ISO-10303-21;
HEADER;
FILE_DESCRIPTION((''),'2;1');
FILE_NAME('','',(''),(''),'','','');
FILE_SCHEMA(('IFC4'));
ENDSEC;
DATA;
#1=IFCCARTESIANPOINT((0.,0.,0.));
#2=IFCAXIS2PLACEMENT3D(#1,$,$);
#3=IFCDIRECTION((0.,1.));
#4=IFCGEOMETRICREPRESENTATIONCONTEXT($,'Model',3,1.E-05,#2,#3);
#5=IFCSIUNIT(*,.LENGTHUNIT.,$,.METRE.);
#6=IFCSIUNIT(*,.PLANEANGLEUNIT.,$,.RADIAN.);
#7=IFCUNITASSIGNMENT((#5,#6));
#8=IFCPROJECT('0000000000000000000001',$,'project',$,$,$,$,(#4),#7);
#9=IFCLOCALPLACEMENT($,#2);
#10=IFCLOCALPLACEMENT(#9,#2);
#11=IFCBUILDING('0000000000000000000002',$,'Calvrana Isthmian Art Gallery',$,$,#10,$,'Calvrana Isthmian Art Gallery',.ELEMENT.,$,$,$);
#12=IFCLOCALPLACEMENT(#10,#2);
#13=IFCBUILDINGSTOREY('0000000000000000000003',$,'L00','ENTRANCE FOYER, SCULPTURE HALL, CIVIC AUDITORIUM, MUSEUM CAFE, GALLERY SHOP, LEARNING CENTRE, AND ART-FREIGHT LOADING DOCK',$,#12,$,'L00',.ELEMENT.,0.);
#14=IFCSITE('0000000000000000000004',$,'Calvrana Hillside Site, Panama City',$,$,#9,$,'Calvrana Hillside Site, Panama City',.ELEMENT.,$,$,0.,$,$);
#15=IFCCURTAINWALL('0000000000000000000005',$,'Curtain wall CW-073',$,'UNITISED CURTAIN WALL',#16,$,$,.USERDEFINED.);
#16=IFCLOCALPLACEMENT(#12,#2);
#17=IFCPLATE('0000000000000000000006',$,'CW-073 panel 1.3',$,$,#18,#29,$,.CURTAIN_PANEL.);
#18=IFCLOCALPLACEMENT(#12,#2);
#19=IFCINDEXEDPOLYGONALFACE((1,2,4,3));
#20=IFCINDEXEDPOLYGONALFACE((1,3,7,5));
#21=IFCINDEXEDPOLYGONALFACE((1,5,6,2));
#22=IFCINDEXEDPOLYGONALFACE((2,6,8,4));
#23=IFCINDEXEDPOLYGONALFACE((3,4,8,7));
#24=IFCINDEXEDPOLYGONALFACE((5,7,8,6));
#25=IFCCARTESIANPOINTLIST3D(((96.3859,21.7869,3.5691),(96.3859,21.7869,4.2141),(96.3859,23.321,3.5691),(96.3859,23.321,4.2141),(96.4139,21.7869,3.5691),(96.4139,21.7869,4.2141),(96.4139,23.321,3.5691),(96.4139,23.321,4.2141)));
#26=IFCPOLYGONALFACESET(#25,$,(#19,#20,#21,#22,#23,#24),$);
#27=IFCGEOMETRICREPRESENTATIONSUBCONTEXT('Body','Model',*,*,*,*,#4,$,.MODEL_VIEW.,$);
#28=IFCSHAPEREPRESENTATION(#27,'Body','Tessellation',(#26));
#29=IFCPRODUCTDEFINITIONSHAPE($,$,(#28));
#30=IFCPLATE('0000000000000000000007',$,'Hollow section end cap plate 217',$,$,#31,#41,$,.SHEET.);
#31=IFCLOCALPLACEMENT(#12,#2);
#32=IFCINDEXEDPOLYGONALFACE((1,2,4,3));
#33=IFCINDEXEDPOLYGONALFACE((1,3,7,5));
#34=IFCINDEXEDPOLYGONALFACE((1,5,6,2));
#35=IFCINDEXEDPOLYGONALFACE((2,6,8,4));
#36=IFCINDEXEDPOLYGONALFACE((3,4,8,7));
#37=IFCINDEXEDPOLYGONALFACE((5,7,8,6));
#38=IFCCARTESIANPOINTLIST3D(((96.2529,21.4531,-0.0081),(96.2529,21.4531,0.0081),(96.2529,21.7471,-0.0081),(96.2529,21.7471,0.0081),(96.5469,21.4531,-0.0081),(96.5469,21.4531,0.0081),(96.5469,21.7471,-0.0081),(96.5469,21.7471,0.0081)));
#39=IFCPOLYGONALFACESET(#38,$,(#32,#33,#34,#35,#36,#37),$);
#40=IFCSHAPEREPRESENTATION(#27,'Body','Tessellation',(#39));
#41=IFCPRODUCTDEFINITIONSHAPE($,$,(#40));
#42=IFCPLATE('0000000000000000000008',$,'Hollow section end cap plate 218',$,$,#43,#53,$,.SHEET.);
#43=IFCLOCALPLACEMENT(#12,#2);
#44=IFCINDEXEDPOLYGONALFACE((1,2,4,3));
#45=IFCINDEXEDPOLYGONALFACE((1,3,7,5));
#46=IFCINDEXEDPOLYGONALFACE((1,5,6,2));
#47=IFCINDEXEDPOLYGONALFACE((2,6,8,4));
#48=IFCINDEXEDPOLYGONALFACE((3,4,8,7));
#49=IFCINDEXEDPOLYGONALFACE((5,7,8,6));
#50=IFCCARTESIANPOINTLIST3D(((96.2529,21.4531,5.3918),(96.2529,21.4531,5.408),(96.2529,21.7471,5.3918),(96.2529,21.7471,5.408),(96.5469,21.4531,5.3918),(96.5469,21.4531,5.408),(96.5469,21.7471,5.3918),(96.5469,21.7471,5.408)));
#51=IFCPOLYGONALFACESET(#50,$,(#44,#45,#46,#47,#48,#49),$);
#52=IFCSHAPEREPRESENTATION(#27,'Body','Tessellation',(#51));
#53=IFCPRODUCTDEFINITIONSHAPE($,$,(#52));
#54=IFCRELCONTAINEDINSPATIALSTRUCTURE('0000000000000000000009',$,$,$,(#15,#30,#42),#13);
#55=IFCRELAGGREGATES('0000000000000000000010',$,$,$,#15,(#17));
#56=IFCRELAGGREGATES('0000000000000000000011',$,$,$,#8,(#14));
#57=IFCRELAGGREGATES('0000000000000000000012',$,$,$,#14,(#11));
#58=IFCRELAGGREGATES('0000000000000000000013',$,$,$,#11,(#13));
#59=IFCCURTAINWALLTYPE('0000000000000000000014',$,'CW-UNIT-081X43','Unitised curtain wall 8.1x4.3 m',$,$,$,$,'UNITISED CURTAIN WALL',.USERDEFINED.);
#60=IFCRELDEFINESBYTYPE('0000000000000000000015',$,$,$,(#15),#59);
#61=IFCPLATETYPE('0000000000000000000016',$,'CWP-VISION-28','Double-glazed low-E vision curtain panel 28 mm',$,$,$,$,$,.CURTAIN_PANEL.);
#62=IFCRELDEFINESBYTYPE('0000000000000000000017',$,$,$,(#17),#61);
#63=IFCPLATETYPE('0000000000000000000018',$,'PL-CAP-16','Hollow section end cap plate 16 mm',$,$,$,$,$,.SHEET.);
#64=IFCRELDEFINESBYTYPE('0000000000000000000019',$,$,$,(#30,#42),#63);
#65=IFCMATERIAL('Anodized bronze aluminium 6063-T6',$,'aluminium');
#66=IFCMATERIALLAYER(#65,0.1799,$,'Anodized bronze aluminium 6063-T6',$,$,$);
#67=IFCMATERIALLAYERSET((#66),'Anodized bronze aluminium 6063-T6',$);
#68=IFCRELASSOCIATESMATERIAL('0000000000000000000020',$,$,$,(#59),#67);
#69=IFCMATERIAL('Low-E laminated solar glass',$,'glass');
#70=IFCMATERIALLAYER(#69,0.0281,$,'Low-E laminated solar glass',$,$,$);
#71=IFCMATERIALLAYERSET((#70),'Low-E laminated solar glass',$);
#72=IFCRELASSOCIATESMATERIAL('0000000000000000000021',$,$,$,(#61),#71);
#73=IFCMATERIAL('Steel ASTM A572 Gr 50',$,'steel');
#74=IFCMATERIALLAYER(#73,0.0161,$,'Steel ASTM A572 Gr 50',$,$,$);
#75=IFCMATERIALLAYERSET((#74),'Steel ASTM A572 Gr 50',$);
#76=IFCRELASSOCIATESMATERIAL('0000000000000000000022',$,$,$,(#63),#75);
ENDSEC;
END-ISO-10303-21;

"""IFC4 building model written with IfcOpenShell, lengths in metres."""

from ifc_helpers import new_model, si_unit, direction, frame, origin, origin_2d, place, context, subcontext, project, spatial, rectangle, extrude, material, layer, layer_set, type_object, element, aggregate, save


model = new_model("IFC4")

# Units and contexts
model_context = context("Model", 3, precision=1e-05, world=origin(), true_north=direction((0.0, 1.0)))
body_context = subcontext(model_context, "Body", "Model", "MODEL_VIEW")
ifc_project = project(units=[si_unit("LENGTHUNIT", "METRE"), si_unit("PLANEANGLEUNIT", "RADIAN")], contexts=[model_context])

# Site, building, storey
site_placement = place(None, origin())
site = spatial("IfcSite", under=ifc_project, at=site_placement, Name="Calvrana Hillside Site, Panama City", LongName="Calvrana Hillside Site, Panama City", CompositionType="ELEMENT", RefElevation=0.0)
building_placement = place(site_placement, origin())
building = spatial("IfcBuilding", under=site, at=building_placement, Name="Calvrana Isthmian Art Gallery", LongName="Calvrana Isthmian Art Gallery", CompositionType="ELEMENT")
storey_placement = place(building_placement, origin())
storey = spatial("IfcBuildingStorey", under=building, at=storey_placement, Name="L00", Description="ENTRANCE FOYER, SCULPTURE HALL, CIVIC AUDITORIUM, MUSEUM CAFE, GALLERY SHOP, LEARNING CENTRE, AND ART-FREIGHT LOADING DOCK", LongName="L00", CompositionType="ELEMENT", Elevation=0.0)

# Shared definitions
ifc_material_1 = material(Name="Anodized bronze aluminium 6063-T6", Category="aluminium")

# Curtain wall
ifc_layer_1 = layer(ifc_material_1, 0.1799, Name="Anodized bronze aluminium 6063-T6")
ifc_layer_set_1 = layer_set([ifc_layer_1], Name="Anodized bronze aluminium 6063-T6")
curtain_wall_type_1 = type_object("IfcCurtainWallType", Name="CW-UNIT-081X43", Description="Unitised curtain wall 8.1x4.3 m", ElementType="UNITISED CURTAIN WALL", PredefinedType="USERDEFINED", material=ifc_layer_set_1)
curtain_wall_1_placement = place(storey_placement, origin())
curtain_wall_1 = element("IfcCurtainWall", 1, at=curtain_wall_1_placement, inside=storey, type_object=curtain_wall_type_1, Name="Curtain wall CW-073", ObjectType="UNITISED CURTAIN WALL", PredefinedType="USERDEFINED")

# Plate
ifc_material_2 = material(Name="Low-E laminated solar glass", Category="glass")
ifc_layer_2 = layer(ifc_material_2, 0.0281, Name="Low-E laminated solar glass")
ifc_layer_set_2 = layer_set([ifc_layer_2], Name="Low-E laminated solar glass")
plate_type_1 = type_object("IfcPlateType", Name="CWP-VISION-28", Description="Double-glazed low-E vision curtain panel 28 mm", PredefinedType="CURTAIN_PANEL", material=ifc_layer_set_2)
plate_1_placement = place(storey_placement, frame((96.3999, 22.554, 3.5691), z_axis=(0.0, 0.0, 1.0), x_axis=(0.0, 1.0, 0.0)))
plate_1 = element("IfcPlate", 2, at=plate_1_placement, type_object=plate_type_1, Name="CW-073 panel 1.3", PredefinedType="CURTAIN_PANEL", context=body_context, shape_type="SweptSolid", body=[
    extrude(rectangle(XDim=1.5342, YDim=0.0281, at=origin_2d()), origin(), (0.0, 0.0, 1.0), 0.645),
])
aggregate(curtain_wall_1, [plate_1])

# Plates
ifc_material_3 = material(Name="Steel ASTM A572 Gr 50", Category="steel")
ifc_layer_3 = layer(ifc_material_3, 0.0161, Name="Steel ASTM A572 Gr 50")
ifc_layer_set_3 = layer_set([ifc_layer_3], Name="Steel ASTM A572 Gr 50")
plate_type_2 = type_object("IfcPlateType", Name="PL-CAP-16", Description="Hollow section end cap plate 16 mm", PredefinedType="SHEET", material=ifc_layer_set_3)
for number, where, z_axis, x_axis, name in (
    (3, (96.3999, 21.6001, -0.0081), (0.0, 0.0, 1.0), (1.0, 0.0, 0.0), "Hollow section end cap plate 217"),
    (4, (96.3999, 21.6001, 5.3918), (0.0, 0.0, 1.0), (1.0, 0.0, 0.0), "Hollow section end cap plate 218"),
):
    element("IfcPlate", number, at=place(storey_placement, frame(where, z_axis=z_axis, x_axis=x_axis)), inside=storey, type_object=plate_type_2, Name=name, PredefinedType="SHEET", context=body_context, shape_type="SweptSolid", body=[
        extrude(rectangle(XDim=0.2939, YDim=0.2939, at=origin_2d()), origin(), (0.0, 0.0, 1.0), 0.0161),
    ])

save(model, "model.ifc")
